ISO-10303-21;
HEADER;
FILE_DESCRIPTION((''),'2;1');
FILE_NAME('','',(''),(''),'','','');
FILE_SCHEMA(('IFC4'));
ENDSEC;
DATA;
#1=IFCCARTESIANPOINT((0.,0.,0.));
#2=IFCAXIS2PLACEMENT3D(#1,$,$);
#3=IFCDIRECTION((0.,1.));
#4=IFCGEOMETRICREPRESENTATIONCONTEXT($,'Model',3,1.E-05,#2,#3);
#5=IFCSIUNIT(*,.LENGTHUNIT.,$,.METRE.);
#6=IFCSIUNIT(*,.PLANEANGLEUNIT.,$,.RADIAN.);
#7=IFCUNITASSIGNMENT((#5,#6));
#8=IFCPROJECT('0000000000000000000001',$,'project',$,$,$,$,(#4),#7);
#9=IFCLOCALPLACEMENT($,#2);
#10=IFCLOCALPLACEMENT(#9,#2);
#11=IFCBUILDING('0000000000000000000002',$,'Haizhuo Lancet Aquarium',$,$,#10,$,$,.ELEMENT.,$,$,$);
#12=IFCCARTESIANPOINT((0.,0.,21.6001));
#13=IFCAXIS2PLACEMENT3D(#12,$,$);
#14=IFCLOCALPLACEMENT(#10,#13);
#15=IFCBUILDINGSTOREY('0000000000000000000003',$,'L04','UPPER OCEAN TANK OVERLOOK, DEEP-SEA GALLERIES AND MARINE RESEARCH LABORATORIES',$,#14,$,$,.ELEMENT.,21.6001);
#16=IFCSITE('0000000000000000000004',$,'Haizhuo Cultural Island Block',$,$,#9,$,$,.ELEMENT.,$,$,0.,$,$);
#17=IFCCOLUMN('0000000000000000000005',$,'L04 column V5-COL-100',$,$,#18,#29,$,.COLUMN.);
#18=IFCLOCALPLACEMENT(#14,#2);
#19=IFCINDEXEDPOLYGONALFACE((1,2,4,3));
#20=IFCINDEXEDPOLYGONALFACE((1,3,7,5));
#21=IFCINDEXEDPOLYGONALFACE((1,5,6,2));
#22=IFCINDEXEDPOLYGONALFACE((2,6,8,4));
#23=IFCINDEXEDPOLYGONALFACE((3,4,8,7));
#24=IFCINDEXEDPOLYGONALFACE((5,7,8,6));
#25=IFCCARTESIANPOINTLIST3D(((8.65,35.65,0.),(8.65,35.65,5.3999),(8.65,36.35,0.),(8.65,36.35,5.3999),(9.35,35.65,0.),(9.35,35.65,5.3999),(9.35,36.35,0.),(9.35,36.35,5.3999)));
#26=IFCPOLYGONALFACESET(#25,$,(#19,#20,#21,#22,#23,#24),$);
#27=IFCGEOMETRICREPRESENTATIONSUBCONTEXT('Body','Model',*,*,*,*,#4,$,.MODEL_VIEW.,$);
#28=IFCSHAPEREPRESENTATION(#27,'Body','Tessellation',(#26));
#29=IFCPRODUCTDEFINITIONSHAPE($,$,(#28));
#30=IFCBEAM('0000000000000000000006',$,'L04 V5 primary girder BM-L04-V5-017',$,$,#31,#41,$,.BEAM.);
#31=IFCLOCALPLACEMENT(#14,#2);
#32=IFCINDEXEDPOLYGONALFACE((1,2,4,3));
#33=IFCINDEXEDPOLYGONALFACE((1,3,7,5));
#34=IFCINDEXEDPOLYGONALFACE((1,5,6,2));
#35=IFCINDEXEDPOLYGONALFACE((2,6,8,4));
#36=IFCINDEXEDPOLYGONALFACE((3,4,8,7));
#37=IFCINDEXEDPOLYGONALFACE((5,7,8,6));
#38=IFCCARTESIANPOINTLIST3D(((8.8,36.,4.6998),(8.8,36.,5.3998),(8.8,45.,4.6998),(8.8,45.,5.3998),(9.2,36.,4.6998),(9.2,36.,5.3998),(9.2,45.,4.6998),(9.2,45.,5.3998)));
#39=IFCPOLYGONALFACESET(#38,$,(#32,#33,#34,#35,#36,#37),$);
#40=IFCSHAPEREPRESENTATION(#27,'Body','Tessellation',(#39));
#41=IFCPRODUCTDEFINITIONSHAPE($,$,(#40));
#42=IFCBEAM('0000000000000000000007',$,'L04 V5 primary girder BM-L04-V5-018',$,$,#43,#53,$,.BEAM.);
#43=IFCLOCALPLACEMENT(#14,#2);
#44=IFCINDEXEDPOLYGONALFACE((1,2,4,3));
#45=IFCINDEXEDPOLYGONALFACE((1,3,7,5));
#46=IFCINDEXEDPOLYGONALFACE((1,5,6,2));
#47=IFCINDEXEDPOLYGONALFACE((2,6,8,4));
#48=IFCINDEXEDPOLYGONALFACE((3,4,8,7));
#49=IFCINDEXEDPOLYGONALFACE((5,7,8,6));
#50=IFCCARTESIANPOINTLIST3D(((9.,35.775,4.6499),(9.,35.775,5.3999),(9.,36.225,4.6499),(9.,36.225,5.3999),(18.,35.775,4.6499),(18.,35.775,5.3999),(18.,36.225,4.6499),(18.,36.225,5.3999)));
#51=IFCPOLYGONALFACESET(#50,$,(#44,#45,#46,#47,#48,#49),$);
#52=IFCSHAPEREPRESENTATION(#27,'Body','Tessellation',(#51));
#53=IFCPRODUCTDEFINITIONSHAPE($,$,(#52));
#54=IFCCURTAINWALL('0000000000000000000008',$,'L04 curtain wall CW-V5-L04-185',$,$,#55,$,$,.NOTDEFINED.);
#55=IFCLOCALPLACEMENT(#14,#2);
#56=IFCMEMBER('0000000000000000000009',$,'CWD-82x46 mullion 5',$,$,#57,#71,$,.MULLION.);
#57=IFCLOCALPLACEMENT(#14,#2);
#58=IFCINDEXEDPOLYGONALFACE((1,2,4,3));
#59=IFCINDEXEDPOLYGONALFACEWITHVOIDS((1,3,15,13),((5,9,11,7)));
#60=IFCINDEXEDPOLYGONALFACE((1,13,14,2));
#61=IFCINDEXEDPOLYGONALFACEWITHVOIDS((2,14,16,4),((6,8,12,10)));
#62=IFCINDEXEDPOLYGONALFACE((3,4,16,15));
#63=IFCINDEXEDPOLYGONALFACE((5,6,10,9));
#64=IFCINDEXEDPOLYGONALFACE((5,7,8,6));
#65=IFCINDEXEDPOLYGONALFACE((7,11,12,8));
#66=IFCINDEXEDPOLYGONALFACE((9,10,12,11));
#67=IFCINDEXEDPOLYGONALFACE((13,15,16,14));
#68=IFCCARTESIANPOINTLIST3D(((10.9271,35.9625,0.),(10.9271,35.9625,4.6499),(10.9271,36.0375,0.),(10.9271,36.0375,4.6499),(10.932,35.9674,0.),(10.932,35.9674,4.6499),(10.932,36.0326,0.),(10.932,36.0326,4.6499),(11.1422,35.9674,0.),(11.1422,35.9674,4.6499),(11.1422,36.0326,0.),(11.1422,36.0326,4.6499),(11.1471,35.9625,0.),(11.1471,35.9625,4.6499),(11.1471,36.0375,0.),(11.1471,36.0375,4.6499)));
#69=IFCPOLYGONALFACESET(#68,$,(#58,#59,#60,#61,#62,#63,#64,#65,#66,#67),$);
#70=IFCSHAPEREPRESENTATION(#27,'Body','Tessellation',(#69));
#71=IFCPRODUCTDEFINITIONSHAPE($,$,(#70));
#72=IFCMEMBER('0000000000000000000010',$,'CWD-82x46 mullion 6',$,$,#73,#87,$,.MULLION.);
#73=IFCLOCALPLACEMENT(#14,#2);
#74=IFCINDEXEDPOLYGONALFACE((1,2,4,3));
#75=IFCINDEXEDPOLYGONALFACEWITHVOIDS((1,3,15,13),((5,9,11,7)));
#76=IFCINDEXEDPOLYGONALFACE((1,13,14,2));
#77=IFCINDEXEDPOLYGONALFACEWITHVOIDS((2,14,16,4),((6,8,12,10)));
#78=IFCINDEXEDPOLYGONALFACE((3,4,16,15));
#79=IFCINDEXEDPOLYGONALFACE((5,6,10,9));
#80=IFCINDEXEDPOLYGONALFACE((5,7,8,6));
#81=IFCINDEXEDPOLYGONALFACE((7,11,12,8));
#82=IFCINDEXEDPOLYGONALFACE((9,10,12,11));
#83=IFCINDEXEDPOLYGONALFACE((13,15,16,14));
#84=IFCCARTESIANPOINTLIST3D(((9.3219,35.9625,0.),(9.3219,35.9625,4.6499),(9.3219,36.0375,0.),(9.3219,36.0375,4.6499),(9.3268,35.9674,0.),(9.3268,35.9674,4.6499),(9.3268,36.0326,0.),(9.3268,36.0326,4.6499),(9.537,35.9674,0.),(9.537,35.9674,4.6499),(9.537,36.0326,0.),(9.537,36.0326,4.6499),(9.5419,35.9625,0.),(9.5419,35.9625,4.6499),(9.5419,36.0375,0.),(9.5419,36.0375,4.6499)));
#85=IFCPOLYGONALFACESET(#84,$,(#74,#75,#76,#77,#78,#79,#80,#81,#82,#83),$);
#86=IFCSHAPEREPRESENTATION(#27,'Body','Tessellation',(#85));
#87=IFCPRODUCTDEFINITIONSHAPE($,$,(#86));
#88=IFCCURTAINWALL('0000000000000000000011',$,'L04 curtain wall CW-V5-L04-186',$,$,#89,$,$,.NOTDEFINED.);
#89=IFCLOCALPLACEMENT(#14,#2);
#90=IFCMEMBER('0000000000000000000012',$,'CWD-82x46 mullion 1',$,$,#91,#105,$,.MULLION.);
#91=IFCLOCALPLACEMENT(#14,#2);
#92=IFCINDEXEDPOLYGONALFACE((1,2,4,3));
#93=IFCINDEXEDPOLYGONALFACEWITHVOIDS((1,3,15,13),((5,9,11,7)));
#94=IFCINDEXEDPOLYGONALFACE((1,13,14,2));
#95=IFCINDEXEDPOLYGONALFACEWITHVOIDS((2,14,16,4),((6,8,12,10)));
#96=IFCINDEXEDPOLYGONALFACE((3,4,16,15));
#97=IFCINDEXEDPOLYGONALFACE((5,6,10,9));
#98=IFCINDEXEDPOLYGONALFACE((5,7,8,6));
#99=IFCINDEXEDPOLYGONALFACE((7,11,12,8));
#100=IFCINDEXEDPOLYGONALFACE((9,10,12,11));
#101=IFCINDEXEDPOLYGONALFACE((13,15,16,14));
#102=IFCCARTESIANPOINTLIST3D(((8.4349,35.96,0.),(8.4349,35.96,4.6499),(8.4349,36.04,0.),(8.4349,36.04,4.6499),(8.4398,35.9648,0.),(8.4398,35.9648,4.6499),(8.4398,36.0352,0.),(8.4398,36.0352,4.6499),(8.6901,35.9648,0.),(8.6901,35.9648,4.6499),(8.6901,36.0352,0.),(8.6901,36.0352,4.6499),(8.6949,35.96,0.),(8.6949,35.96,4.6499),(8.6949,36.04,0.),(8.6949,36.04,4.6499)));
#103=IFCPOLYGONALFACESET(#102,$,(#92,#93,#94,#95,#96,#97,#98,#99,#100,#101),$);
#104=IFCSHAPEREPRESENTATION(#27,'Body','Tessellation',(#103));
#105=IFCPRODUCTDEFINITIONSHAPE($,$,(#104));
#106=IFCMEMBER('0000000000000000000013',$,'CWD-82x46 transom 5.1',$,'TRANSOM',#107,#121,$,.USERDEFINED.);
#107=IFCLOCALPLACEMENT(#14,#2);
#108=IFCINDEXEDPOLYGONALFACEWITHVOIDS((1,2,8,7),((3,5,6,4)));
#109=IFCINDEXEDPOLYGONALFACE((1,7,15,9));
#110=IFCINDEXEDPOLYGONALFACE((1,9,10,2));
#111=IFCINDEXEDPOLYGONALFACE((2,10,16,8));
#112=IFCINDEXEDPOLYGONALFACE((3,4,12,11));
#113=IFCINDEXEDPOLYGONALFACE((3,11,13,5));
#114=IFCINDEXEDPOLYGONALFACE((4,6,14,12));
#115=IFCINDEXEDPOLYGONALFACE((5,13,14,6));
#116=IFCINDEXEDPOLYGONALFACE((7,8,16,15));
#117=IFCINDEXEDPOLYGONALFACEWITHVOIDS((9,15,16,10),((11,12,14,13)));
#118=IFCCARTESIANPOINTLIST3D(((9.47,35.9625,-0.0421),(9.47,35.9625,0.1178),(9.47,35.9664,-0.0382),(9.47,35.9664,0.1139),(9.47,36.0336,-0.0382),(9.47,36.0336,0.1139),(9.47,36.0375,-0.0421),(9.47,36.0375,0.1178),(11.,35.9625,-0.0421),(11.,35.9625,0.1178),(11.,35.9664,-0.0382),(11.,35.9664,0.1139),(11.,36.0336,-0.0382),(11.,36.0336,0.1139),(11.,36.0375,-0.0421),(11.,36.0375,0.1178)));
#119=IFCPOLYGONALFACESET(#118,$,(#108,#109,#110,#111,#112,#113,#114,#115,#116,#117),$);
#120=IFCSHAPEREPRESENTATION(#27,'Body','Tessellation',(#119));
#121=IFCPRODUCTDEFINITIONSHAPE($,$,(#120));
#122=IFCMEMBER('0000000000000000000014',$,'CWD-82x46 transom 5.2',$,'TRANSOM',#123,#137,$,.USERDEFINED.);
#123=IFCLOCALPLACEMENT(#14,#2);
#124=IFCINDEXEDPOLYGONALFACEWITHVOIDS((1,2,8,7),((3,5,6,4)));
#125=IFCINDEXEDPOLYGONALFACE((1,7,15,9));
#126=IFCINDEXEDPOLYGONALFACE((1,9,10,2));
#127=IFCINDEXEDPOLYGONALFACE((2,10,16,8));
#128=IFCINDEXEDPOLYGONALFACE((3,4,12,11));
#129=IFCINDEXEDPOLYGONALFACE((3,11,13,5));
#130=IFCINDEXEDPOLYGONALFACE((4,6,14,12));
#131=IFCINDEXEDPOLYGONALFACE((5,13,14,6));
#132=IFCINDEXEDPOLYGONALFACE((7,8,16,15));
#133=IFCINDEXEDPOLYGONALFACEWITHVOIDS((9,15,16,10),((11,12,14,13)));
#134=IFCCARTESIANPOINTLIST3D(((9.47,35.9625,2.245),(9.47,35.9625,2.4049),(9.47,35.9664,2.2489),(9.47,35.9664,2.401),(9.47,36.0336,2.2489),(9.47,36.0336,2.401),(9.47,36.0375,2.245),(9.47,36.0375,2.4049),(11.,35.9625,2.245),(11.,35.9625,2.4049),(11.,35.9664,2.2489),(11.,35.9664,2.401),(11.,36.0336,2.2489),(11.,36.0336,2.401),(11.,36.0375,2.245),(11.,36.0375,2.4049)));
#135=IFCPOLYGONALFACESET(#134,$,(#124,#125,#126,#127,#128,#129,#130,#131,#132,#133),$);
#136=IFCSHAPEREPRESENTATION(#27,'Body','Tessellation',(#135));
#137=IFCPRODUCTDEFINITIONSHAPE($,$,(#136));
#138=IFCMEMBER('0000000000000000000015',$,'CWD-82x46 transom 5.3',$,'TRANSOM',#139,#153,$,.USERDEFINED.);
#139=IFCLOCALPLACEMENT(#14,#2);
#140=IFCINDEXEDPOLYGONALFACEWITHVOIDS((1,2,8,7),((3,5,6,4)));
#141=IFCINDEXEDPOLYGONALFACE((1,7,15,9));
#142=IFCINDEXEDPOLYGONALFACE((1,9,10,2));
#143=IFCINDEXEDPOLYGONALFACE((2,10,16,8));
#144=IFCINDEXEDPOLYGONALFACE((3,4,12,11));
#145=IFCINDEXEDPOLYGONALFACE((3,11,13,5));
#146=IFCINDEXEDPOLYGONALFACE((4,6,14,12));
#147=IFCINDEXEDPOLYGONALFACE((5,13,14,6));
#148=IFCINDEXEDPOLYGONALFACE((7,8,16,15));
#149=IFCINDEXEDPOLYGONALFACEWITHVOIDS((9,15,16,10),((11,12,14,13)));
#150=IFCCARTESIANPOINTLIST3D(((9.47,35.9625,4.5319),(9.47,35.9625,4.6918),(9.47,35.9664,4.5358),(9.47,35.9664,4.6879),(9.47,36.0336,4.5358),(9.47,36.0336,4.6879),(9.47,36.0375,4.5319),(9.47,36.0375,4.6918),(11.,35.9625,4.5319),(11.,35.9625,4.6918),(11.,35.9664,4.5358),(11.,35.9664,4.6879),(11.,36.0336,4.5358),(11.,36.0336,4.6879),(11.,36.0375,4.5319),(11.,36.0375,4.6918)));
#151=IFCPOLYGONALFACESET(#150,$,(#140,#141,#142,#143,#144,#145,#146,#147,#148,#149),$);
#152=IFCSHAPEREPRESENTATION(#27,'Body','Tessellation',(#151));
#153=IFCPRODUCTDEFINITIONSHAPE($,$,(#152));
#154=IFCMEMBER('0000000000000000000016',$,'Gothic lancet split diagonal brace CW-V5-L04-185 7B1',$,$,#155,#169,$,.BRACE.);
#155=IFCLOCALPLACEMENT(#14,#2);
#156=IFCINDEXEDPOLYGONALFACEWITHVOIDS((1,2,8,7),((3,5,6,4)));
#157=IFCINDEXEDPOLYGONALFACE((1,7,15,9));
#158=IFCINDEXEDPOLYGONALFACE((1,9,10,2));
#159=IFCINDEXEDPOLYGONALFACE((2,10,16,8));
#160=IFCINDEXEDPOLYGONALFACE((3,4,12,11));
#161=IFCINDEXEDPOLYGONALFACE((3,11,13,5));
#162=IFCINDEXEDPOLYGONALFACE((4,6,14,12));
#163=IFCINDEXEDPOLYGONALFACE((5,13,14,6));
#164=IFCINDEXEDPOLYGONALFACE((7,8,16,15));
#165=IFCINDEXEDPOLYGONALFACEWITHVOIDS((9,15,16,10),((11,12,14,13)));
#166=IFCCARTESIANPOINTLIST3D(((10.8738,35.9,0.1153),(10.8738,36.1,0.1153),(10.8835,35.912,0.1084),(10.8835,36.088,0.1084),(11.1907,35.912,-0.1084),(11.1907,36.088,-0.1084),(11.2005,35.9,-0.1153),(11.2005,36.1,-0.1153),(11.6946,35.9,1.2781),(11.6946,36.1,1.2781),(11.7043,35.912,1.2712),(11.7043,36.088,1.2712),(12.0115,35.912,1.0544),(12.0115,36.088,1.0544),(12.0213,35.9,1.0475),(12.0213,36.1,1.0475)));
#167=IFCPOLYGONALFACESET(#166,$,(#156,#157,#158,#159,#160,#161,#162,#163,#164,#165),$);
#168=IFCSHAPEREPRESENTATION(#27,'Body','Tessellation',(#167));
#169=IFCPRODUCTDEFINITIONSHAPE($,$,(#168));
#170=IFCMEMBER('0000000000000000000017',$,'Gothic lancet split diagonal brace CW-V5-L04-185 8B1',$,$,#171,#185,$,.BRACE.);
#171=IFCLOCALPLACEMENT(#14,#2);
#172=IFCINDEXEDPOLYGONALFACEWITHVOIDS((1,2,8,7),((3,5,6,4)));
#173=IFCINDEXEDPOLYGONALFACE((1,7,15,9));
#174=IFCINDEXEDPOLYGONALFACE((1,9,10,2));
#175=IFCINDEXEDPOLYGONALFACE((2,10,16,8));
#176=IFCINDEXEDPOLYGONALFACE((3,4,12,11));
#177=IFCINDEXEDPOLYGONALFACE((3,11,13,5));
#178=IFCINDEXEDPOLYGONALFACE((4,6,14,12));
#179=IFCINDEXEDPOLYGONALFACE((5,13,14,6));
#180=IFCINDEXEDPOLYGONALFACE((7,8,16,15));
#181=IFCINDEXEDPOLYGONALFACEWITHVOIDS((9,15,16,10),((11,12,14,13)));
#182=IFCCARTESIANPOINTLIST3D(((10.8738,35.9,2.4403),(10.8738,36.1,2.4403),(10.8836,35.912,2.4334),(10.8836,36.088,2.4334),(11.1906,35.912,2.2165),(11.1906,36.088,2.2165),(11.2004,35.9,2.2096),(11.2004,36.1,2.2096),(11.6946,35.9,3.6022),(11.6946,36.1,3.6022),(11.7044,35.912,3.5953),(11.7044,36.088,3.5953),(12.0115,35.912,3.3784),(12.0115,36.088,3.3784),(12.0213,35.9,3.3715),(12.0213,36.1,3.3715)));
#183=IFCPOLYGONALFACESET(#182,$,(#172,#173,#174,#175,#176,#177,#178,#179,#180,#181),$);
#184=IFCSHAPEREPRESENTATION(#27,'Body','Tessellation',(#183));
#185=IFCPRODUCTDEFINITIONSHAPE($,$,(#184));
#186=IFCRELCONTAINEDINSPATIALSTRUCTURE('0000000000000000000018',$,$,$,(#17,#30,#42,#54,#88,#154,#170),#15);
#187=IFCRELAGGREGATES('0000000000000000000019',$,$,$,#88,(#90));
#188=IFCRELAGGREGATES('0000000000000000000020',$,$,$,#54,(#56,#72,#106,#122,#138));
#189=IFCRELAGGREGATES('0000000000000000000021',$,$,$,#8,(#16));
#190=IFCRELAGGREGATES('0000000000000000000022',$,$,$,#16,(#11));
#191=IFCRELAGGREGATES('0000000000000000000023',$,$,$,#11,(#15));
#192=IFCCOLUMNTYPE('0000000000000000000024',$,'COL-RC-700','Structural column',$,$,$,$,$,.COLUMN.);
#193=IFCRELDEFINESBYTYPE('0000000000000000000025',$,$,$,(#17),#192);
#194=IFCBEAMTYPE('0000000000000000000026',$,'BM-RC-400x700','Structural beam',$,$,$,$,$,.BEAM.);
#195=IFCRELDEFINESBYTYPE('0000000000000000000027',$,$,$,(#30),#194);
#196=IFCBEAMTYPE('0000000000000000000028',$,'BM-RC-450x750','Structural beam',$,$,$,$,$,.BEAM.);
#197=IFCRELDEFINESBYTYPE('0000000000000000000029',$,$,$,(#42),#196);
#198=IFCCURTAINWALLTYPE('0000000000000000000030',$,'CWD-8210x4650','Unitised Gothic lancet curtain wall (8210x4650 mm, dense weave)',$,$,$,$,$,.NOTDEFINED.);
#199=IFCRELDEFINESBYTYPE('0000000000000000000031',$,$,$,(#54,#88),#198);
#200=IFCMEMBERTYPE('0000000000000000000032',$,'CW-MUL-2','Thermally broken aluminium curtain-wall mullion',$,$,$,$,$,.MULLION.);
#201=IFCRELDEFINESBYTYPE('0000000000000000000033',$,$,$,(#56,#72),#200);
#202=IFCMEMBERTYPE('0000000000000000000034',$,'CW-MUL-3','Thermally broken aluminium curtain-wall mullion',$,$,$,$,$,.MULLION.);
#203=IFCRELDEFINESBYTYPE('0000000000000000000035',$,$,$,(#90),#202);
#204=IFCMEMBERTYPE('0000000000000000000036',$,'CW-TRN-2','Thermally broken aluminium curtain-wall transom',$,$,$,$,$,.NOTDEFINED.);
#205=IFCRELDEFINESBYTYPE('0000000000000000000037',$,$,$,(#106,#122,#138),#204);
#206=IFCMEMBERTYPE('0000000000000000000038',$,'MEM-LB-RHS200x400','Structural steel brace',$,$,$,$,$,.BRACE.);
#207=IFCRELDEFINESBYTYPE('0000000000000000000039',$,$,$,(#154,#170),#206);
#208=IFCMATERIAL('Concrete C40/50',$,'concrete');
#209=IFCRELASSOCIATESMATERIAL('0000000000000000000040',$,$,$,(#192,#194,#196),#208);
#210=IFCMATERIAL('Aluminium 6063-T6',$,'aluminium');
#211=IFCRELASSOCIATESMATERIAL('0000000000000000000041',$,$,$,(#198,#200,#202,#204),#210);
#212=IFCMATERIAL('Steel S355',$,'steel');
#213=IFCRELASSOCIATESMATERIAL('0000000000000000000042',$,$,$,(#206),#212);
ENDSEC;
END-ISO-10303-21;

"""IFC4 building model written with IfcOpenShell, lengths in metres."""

from ifc_helpers import new_model, si_unit, direction, frame, origin, origin_2d, place, context, subcontext, project, spatial, rectangle, hollow_rectangle, extrude, material, material_profile, profile_set, type_object, element, aggregate, save


model = new_model("IFC4")

# Units and contexts
model_context = context("Model", 3, precision=1e-05, world=origin(), true_north=direction((0.0, 1.0)))
body_context = subcontext(model_context, "Body", "Model", "MODEL_VIEW")
ifc_project = project(units=[si_unit("LENGTHUNIT", "METRE"), si_unit("PLANEANGLEUNIT", "RADIAN")], contexts=[model_context])

# Site, building, storey
site_placement = place(None, origin())
site = spatial("IfcSite", under=ifc_project, at=site_placement, Name="Haizhuo Cultural Island Block", CompositionType="ELEMENT", RefElevation=0.0)
building_placement = place(site_placement, origin())
building = spatial("IfcBuilding", under=site, at=building_placement, Name="Haizhuo Lancet Aquarium", CompositionType="ELEMENT")
storey_placement = place(building_placement, frame((0.0, 0.0, 21.6001)))
storey = spatial("IfcBuildingStorey", under=building, at=storey_placement, Name="L04", Description="UPPER OCEAN TANK OVERLOOK, DEEP-SEA GALLERIES AND MARINE RESEARCH LABORATORIES", CompositionType="ELEMENT", Elevation=21.6001)

# Column
ifc_material_1 = material(Name="Concrete C40/50", Category="concrete")
ifc_material_profile_1 = material_profile(ifc_material_1, rectangle(XDim=0.7, YDim=0.7, at=origin_2d()), Name="RC-COL 700x700")
ifc_profile_set_1 = profile_set([ifc_material_profile_1], Name="Concrete C40/50")
column_type = type_object("IfcColumnType", Name="COL-RC-700", Description="Structural column", PredefinedType="COLUMN", material=ifc_profile_set_1)
column_placement = place(storey_placement, frame((9.0, 36.0, 0.0), z_axis=(0.0, 0.0, 1.0), x_axis=(1.0, 0.0, 0.0)))
element("IfcColumn", 1, at=column_placement, inside=storey, type_object=column_type, Name="L04 column V5-COL-100", PredefinedType="COLUMN", context=body_context, shape_type="SweptSolid", body=[
    extrude(rectangle(XDim=0.7, YDim=0.7, at=origin_2d()), origin(), (0.0, 0.0, 1.0), 5.3999),
])

# Beams
ifc_material_profile_2 = material_profile(ifc_material_1, rectangle(XDim=0.3999, YDim=0.7, at=origin_2d()), Name="RC-BM 400x700")
ifc_profile_set_2 = profile_set([ifc_material_profile_2], Name="Concrete C40/50")
beam_type_1 = type_object("IfcBeamType", Name="BM-RC-400x700", Description="Structural beam", PredefinedType="BEAM", material=ifc_profile_set_2)
beam_1_placement = place(storey_placement, frame((9.0, 36.0, 5.0498), z_axis=(0.0, 1.0, 0.0), x_axis=(-1.0, 0.0, 0.0)))
element("IfcBeam", 2, at=beam_1_placement, inside=storey, type_object=beam_type_1, Name="L04 V5 primary girder BM-L04-V5-017", PredefinedType="BEAM", context=body_context, shape_type="SweptSolid", body=[
    extrude(rectangle(XDim=0.3999, YDim=0.7, at=origin_2d()), origin(), (0.0, 0.0, 1.0), 9.0),
])
ifc_material_profile_3 = material_profile(ifc_material_1, rectangle(XDim=0.45, YDim=0.75, at=origin_2d()), Name="RC-BM 450x750")
ifc_profile_set_3 = profile_set([ifc_material_profile_3], Name="Concrete C40/50")
beam_type_2 = type_object("IfcBeamType", Name="BM-RC-450x750", Description="Structural beam", PredefinedType="BEAM", material=ifc_profile_set_3)
beam_2_placement = place(storey_placement, frame((9.0, 36.0, 5.0249), z_axis=(1.0, 0.0, 0.0), x_axis=(0.0, 1.0, 0.0)))
element("IfcBeam", 3, at=beam_2_placement, inside=storey, type_object=beam_type_2, Name="L04 V5 primary girder BM-L04-V5-018", PredefinedType="BEAM", context=body_context, shape_type="SweptSolid", body=[
    extrude(rectangle(XDim=0.45, YDim=0.75, at=origin_2d()), origin(), (0.0, 0.0, 1.0), 9.0),
])

# Curtain wall, members
ifc_material_2 = material(Name="Aluminium 6063-T6", Category="aluminium")
curtain_wall_type = type_object("IfcCurtainWallType", Name="CWD-8210x4650", Description="Unitised Gothic lancet curtain wall (8210x4650 mm, dense weave)", PredefinedType="NOTDEFINED", material=ifc_material_2)
curtain_wall_1_placement = place(storey_placement, origin())
curtain_wall_1 = element("IfcCurtainWall", 4, at=curtain_wall_1_placement, inside=storey, type_object=curtain_wall_type, Name="L04 curtain wall CW-V5-L04-185", PredefinedType="NOTDEFINED")
ifc_material_profile_4 = material_profile(ifc_material_2, hollow_rectangle(XDim=0.075, YDim=0.22, WallThickness=0.0049, at=origin_2d()), Name="ALU-M 75x220x5")
ifc_profile_set_4 = profile_set([ifc_material_profile_4], Name="Aluminium 6063-T6")
member_type_1 = type_object("IfcMemberType", Name="CW-MUL-2", Description="Thermally broken aluminium curtain-wall mullion", PredefinedType="MULLION", material=ifc_profile_set_4)
member_1_placement = place(storey_placement, frame((11.0371, 36.0, 0.0), z_axis=(0.0, 0.0, 1.0), x_axis=(0.0, -1.0, 0.0)))
member_1 = element("IfcMember", 5, at=member_1_placement, type_object=member_type_1, Name="CWD-82x46 mullion 5", PredefinedType="MULLION", context=body_context, shape_type="SweptSolid", body=[
    extrude(hollow_rectangle(XDim=0.075, YDim=0.22, WallThickness=0.0049, at=origin_2d()), origin(), (0.0, 0.0, 1.0), 4.6499),
])
member_2_placement = place(storey_placement, frame((9.4319, 36.0, 0.0), z_axis=(0.0, 0.0, 1.0), x_axis=(0.0, -1.0, 0.0)))
member_2 = element("IfcMember", 6, at=member_2_placement, type_object=member_type_1, Name="CWD-82x46 mullion 6", PredefinedType="MULLION", context=body_context, shape_type="SweptSolid", body=[
    extrude(hollow_rectangle(XDim=0.075, YDim=0.22, WallThickness=0.0049, at=origin_2d()), origin(), (0.0, 0.0, 1.0), 4.6499),
])

# Curtain wall, member
curtain_wall_2_placement = place(storey_placement, origin())
curtain_wall_2 = element("IfcCurtainWall", 7, at=curtain_wall_2_placement, inside=storey, type_object=curtain_wall_type, Name="L04 curtain wall CW-V5-L04-186", PredefinedType="NOTDEFINED")
ifc_material_profile_5 = material_profile(ifc_material_2, hollow_rectangle(XDim=0.0801, YDim=0.26, WallThickness=0.0049, at=origin_2d()), Name="ALU-M 80x260x5")
ifc_profile_set_5 = profile_set([ifc_material_profile_5], Name="Aluminium 6063-T6")
member_type_2 = type_object("IfcMemberType", Name="CW-MUL-3", Description="Thermally broken aluminium curtain-wall mullion", PredefinedType="MULLION", material=ifc_profile_set_5)
member_3_placement = place(storey_placement, frame((8.5649, 36.0, 0.0), z_axis=(0.0, 0.0, 1.0), x_axis=(0.0, -1.0, 0.0)))
member_3 = element("IfcMember", 8, at=member_3_placement, type_object=member_type_2, Name="CWD-82x46 mullion 1", PredefinedType="MULLION", context=body_context, shape_type="SweptSolid", body=[
    extrude(hollow_rectangle(XDim=0.0801, YDim=0.26, WallThickness=0.0049, at=origin_2d()), origin(), (0.0, 0.0, 1.0), 4.6499),
])
aggregate(curtain_wall_2, [member_3])

# Members
ifc_material_profile_6 = material_profile(ifc_material_2, hollow_rectangle(XDim=0.075, YDim=0.1599, WallThickness=0.0039, at=origin_2d()), Name="ALU-T 75x160x4")
ifc_profile_set_6 = profile_set([ifc_material_profile_6], Name="Aluminium 6063-T6")
member_type_3 = type_object("IfcMemberType", Name="CW-TRN-2", Description="Thermally broken aluminium curtain-wall transom", PredefinedType="NOTDEFINED", material=ifc_profile_set_6)
member_4_placement = place(storey_placement, frame((11.0, 36.0, 0.0378), z_axis=(-1.0, 0.0, 0.0), x_axis=(0.0, -1.0, 0.0)))
member_4 = element("IfcMember", 9, at=member_4_placement, type_object=member_type_3, Name="CWD-82x46 transom 5.1", ObjectType="TRANSOM", PredefinedType="USERDEFINED", context=body_context, shape_type="SweptSolid", body=[
    extrude(hollow_rectangle(XDim=0.075, YDim=0.1599, WallThickness=0.0039, at=origin_2d()), origin(), (0.0, 0.0, 1.0), 1.53),
])
member_5_placement = place(storey_placement, frame((11.0, 36.0, 2.325), z_axis=(-1.0, 0.0, 0.0), x_axis=(0.0, -1.0, 0.0)))
member_5 = element("IfcMember", 10, at=member_5_placement, type_object=member_type_3, Name="CWD-82x46 transom 5.2", ObjectType="TRANSOM", PredefinedType="USERDEFINED", context=body_context, shape_type="SweptSolid", body=[
    extrude(hollow_rectangle(XDim=0.075, YDim=0.1599, WallThickness=0.0039, at=origin_2d()), origin(), (0.0, 0.0, 1.0), 1.53),
])
member_6_placement = place(storey_placement, frame((11.0, 36.0, 4.6118), z_axis=(-1.0, 0.0, 0.0), x_axis=(0.0, -1.0, 0.0)))
member_6 = element("IfcMember", 11, at=member_6_placement, type_object=member_type_3, Name="CWD-82x46 transom 5.3", ObjectType="TRANSOM", PredefinedType="USERDEFINED", context=body_context, shape_type="SweptSolid", body=[
    extrude(hollow_rectangle(XDim=0.075, YDim=0.1599, WallThickness=0.0039, at=origin_2d()), origin(), (0.0, 0.0, 1.0), 1.53),
])

# Members
ifc_material_3 = material(Name="Steel S355", Category="steel")
ifc_material_profile_7 = material_profile(ifc_material_3, hollow_rectangle(XDim=0.2, YDim=0.3999, WallThickness=0.012, at=origin_2d()), Name="RHS 200x400x12")
ifc_profile_set_7 = profile_set([ifc_material_profile_7], Name="Steel S355")
member_type_4 = type_object("IfcMemberType", Name="MEM-LB-RHS200x400", Description="Structural steel brace", PredefinedType="BRACE", material=ifc_profile_set_7)
member_7_placement = place(storey_placement, frame((11.0371, 36.0, 0.0), z_axis=(0.57667, 0.0, 0.816977), x_axis=(0.0, 1.0, 0.0)))
element("IfcMember", 12, at=member_7_placement, inside=storey, type_object=member_type_4, Name="Gothic lancet split diagonal brace CW-V5-L04-185 7B1", PredefinedType="BRACE", context=body_context, shape_type="SweptSolid", body=[
    extrude(hollow_rectangle(XDim=0.2, YDim=0.3999, WallThickness=0.012, at=origin_2d()), origin(), (0.0, 0.0, 1.0), 1.4233),
])
member_8_placement = place(storey_placement, frame((11.0371, 36.0, 2.325), z_axis=(0.576993, 0.0, 0.816749), x_axis=(0.0, 1.0, 0.0)))
element("IfcMember", 13, at=member_8_placement, inside=storey, type_object=member_type_4, Name="Gothic lancet split diagonal brace CW-V5-L04-185 8B1", PredefinedType="BRACE", context=body_context, shape_type="SweptSolid", body=[
    extrude(hollow_rectangle(XDim=0.2, YDim=0.3999, WallThickness=0.012, at=origin_2d()), origin(), (0.0, 0.0, 1.0), 1.4226),
])

aggregate(curtain_wall_1, [member_1, member_2, member_4, member_5, member_6])

save(model, "model.ifc")
